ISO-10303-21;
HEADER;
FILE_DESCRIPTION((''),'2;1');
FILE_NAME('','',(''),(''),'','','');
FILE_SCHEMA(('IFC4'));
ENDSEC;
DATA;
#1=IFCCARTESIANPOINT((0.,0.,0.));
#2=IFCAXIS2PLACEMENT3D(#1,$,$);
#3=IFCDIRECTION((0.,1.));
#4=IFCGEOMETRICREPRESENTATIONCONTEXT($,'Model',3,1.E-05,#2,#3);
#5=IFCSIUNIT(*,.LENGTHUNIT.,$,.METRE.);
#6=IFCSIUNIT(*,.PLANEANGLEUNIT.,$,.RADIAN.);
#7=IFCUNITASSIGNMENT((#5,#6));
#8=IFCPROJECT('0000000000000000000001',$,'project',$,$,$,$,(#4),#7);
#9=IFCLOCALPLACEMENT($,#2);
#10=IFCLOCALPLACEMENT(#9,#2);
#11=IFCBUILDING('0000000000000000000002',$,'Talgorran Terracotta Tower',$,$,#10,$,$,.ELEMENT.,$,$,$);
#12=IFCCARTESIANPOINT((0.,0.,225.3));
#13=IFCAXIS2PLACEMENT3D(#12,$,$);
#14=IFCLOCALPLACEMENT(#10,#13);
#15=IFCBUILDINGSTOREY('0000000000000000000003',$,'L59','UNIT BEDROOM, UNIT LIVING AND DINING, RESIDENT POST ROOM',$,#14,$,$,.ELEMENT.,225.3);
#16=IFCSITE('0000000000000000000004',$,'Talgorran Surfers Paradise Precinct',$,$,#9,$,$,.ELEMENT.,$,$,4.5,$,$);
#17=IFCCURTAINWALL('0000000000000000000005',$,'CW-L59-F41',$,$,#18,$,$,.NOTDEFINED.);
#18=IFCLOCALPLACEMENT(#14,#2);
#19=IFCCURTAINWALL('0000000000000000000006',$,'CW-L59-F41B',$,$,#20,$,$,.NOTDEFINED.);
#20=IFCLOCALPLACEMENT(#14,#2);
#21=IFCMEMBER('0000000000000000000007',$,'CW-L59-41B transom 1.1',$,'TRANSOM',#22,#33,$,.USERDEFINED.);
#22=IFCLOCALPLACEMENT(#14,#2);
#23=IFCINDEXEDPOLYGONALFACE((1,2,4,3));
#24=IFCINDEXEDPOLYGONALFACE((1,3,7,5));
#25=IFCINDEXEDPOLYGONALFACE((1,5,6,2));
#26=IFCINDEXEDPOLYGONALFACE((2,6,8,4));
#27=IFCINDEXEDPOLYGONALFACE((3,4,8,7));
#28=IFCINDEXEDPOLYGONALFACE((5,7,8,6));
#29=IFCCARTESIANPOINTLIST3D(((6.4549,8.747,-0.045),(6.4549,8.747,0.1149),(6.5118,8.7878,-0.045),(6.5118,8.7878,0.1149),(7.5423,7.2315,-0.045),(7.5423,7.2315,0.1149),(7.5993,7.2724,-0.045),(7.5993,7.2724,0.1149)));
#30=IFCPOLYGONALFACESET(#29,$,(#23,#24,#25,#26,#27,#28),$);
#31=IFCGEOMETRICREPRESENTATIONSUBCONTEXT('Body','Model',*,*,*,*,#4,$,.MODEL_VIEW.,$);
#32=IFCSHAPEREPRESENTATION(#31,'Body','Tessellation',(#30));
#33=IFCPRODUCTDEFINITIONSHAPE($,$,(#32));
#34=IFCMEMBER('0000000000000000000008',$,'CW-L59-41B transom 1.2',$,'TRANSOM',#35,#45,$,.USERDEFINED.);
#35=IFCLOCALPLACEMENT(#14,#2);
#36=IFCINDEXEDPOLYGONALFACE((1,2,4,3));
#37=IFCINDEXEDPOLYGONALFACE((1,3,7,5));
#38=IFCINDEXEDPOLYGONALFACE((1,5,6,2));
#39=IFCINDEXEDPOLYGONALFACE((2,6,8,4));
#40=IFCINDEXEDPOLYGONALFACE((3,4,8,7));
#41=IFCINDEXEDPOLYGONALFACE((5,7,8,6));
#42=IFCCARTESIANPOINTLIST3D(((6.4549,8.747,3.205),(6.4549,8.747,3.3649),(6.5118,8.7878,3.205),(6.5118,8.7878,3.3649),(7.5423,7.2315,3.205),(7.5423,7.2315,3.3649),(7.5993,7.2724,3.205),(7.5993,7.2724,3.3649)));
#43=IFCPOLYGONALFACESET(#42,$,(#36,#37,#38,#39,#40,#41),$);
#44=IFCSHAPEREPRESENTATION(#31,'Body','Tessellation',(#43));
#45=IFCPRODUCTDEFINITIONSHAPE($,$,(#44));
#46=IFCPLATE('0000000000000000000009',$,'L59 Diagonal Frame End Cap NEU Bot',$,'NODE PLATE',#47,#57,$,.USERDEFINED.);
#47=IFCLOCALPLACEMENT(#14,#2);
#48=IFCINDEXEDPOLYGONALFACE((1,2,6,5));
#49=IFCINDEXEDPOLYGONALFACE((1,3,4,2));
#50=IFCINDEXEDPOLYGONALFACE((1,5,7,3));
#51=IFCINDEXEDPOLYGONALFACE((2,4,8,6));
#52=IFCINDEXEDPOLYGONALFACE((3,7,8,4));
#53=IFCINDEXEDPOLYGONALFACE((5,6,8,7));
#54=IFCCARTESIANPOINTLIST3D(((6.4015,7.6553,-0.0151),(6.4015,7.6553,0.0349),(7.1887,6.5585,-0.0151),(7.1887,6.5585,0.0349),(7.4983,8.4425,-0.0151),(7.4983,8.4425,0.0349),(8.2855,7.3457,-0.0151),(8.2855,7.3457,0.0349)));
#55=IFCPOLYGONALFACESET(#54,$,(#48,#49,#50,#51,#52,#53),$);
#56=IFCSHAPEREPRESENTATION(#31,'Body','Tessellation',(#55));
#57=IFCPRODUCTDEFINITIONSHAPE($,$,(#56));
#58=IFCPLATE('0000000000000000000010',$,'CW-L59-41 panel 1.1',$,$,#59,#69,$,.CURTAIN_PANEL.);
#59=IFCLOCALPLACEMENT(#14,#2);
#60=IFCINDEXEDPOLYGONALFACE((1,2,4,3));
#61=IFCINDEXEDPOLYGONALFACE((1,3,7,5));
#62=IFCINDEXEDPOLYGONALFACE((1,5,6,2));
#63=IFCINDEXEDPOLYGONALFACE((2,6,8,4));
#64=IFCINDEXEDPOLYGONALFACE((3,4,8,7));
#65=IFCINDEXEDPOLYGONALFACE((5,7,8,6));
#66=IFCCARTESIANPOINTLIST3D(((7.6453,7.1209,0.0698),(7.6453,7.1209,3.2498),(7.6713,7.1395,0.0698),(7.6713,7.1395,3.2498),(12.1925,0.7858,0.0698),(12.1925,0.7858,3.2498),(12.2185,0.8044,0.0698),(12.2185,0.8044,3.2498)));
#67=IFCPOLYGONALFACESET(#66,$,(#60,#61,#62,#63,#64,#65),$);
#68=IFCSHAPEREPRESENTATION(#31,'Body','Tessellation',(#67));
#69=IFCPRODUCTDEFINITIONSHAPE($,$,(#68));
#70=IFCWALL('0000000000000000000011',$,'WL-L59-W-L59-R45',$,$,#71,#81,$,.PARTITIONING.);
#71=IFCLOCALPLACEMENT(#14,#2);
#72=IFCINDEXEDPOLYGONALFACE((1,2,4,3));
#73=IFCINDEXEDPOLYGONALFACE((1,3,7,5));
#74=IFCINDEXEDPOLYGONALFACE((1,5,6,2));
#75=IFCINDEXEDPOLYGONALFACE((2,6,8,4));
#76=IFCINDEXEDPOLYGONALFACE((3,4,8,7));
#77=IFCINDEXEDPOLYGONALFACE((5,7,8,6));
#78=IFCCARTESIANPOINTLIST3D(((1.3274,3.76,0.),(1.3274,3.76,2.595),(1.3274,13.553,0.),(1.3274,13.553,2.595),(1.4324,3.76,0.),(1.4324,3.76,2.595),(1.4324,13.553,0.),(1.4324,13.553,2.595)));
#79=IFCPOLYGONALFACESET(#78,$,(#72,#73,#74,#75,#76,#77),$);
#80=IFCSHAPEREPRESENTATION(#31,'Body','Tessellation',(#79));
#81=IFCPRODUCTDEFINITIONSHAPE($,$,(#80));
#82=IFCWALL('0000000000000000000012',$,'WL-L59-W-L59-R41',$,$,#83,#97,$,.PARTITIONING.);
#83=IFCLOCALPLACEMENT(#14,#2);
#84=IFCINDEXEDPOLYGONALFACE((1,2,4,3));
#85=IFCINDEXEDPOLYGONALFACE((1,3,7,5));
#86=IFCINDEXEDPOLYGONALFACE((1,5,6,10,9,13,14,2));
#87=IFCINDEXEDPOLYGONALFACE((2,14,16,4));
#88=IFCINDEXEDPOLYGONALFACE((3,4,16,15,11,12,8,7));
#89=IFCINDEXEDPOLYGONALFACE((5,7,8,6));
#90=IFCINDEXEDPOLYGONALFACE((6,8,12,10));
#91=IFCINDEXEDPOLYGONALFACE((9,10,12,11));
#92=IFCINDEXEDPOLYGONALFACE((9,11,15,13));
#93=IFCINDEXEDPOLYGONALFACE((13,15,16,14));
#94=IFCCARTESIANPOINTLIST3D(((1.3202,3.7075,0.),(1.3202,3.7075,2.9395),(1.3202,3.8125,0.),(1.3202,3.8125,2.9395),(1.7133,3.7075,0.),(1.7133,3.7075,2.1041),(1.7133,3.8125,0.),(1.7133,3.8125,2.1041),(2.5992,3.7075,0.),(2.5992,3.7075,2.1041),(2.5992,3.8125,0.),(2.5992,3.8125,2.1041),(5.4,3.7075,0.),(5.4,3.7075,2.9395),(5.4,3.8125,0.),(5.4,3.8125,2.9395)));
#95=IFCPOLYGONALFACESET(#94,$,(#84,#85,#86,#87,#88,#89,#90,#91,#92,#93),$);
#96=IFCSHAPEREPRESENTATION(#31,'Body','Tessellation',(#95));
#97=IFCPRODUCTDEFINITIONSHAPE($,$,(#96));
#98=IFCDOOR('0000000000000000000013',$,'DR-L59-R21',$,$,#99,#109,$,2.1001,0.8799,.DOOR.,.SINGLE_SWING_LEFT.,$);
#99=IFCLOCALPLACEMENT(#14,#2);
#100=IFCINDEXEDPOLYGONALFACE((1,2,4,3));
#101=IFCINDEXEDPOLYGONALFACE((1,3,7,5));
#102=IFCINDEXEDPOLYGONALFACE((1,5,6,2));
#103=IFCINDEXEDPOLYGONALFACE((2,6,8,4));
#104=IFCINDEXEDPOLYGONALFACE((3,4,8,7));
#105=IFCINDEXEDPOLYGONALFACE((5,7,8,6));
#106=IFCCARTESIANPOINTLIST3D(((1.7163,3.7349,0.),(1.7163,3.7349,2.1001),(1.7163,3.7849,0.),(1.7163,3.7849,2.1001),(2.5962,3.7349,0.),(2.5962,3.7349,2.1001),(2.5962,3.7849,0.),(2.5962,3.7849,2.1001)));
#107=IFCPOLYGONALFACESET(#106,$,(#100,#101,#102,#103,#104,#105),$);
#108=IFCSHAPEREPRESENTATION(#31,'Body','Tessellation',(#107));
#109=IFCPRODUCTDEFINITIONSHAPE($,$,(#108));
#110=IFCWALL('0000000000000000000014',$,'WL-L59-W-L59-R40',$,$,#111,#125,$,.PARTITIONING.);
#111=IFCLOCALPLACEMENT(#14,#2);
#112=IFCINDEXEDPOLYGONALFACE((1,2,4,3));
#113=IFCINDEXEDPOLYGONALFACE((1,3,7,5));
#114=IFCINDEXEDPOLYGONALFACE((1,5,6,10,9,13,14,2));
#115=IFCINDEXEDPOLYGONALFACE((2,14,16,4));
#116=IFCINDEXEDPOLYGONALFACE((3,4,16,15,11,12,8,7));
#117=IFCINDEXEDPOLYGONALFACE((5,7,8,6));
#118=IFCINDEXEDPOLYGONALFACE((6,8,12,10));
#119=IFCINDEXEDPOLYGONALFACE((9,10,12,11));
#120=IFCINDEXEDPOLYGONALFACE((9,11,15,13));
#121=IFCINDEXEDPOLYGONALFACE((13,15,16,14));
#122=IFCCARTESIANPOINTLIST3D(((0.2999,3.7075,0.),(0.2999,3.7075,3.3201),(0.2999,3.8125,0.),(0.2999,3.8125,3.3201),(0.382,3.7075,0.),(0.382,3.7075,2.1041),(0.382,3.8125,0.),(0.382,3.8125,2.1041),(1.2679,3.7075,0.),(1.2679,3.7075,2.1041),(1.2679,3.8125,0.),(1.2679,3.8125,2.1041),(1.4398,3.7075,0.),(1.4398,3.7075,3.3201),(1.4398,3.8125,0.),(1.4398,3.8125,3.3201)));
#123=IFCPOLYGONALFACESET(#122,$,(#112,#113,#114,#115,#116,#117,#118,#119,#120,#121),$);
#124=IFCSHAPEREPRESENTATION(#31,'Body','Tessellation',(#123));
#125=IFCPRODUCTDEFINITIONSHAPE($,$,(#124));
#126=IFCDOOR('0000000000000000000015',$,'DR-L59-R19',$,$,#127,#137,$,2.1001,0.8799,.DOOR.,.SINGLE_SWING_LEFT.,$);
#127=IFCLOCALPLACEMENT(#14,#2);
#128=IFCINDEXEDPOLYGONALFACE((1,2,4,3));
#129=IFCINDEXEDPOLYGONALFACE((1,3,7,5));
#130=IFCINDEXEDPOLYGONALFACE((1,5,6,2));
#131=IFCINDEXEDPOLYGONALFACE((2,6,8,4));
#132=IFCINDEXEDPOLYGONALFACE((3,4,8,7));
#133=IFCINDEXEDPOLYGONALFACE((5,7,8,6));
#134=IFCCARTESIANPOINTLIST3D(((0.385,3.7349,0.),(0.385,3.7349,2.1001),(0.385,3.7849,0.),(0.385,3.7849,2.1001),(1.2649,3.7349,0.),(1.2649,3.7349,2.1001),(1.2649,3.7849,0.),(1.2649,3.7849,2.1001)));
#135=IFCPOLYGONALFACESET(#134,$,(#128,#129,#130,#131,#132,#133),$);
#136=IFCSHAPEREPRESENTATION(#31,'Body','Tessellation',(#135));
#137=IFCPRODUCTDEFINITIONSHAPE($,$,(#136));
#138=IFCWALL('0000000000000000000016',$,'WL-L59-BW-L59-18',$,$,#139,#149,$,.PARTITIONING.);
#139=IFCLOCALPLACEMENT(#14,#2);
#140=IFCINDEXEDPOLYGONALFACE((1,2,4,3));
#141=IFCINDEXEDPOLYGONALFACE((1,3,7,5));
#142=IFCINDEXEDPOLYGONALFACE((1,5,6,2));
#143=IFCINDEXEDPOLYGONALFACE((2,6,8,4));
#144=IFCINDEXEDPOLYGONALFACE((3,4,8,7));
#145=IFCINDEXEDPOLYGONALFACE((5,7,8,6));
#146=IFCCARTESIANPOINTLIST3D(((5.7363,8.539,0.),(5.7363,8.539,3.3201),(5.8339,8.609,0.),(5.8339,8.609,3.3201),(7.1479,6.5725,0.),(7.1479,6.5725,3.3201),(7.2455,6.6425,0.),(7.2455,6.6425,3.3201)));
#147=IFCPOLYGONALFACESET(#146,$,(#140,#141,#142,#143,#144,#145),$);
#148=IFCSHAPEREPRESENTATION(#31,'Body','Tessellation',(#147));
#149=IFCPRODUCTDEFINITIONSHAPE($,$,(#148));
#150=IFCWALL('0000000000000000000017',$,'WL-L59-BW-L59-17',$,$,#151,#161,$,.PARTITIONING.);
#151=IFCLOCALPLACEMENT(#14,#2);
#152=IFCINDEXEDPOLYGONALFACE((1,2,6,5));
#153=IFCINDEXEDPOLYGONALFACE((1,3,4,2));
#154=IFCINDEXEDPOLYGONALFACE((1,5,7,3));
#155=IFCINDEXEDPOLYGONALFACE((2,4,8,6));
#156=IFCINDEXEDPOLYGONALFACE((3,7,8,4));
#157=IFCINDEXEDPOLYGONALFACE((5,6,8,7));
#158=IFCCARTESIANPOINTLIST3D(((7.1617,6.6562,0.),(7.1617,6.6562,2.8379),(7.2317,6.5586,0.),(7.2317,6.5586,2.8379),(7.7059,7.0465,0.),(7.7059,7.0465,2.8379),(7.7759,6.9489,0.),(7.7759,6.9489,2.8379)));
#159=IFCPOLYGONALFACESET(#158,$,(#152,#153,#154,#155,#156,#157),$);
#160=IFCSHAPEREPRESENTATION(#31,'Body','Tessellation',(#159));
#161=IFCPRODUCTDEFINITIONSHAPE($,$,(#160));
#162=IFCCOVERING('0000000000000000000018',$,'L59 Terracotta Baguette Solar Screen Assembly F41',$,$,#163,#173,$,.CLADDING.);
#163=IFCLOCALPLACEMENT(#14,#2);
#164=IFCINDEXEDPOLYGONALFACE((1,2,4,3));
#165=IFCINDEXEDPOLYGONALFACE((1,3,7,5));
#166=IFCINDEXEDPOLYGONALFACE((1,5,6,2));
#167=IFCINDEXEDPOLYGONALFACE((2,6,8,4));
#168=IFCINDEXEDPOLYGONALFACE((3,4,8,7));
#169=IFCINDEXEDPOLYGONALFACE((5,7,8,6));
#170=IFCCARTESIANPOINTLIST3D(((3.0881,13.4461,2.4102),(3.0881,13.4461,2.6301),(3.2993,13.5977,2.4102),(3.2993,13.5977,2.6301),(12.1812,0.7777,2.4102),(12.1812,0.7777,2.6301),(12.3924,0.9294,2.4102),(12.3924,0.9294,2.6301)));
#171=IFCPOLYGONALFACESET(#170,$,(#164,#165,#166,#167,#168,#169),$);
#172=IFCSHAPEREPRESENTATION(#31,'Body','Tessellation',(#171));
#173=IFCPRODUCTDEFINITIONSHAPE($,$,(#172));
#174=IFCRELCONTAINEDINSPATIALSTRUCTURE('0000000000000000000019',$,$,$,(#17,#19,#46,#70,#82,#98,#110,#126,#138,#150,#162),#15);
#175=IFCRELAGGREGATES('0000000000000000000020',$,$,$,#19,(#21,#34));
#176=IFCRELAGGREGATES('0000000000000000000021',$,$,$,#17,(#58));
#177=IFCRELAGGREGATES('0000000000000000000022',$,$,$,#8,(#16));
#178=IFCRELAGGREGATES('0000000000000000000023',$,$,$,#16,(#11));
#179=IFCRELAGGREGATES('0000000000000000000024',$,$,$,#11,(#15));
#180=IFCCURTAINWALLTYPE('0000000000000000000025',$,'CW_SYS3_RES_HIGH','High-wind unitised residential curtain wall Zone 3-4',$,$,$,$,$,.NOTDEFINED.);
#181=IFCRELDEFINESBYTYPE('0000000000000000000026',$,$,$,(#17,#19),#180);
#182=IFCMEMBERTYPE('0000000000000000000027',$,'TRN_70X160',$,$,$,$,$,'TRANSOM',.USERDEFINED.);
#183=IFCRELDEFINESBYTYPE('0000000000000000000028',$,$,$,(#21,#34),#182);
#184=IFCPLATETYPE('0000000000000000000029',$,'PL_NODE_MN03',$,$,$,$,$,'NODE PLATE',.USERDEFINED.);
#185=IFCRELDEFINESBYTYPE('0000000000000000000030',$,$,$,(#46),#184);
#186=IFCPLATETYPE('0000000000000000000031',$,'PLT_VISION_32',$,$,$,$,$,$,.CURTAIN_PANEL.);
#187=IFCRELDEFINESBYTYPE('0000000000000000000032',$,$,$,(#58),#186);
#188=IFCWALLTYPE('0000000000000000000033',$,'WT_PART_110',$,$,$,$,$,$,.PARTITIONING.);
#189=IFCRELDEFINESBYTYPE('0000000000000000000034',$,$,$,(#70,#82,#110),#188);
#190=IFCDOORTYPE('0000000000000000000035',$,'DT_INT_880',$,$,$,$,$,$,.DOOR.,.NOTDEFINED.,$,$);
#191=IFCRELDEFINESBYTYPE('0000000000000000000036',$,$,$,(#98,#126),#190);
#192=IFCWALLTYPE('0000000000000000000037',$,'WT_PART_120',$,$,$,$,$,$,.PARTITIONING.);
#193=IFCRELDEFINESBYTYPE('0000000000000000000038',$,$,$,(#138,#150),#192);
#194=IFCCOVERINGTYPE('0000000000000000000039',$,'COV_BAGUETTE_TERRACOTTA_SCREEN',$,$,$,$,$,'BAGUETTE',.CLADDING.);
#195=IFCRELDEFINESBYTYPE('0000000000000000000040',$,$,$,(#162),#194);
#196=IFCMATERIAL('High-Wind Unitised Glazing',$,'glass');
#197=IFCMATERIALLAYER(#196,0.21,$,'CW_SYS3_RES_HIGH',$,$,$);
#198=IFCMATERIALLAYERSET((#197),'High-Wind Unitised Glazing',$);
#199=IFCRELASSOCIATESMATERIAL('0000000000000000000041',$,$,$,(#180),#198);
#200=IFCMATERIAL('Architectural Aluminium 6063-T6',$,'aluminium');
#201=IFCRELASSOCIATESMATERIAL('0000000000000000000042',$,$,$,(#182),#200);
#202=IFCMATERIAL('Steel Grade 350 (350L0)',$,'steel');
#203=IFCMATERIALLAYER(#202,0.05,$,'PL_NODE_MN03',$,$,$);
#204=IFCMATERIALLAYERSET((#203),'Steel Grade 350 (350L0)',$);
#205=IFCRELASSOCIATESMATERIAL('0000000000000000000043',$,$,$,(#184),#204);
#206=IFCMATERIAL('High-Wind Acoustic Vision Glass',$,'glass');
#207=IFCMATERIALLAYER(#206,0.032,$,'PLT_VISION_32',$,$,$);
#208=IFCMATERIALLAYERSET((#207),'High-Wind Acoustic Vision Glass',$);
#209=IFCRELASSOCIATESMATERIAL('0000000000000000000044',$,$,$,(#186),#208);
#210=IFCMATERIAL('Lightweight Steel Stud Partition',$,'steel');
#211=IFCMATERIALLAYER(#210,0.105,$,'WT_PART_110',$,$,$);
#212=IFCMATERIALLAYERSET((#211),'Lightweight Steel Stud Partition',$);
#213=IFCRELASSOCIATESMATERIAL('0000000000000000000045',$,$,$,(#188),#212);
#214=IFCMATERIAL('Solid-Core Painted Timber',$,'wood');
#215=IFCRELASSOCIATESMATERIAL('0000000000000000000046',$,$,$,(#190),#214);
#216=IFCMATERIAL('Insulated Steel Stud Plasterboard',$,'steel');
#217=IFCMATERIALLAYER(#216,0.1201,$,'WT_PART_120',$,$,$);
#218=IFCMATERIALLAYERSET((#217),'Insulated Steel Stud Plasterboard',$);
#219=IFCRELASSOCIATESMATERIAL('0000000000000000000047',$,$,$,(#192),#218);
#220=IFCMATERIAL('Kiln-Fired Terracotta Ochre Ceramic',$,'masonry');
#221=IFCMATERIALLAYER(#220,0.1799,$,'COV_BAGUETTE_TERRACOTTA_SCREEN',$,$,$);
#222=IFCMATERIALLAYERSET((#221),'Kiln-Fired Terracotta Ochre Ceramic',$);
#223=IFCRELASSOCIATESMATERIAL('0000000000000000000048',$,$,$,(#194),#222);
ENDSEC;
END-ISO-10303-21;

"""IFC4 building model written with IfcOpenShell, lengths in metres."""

from ifc_helpers import new_model, si_unit, direction, frame, frame_2d, origin, origin_2d, place, context, subcontext, project, spatial, rectangle, extrude, source, transform, mapped, material, layer, layer_set, material_profile, profile_set, type_object, type_shapes, element, fill, aggregate, save


model = new_model("IFC4")

# Units and contexts
model_context = context("Model", 3, precision=1e-05, world=origin(), true_north=direction((0.0, 1.0)))
body_context = subcontext(model_context, "Body", "Model", "MODEL_VIEW")
ifc_project = project(units=[si_unit("LENGTHUNIT", "METRE"), si_unit("PLANEANGLEUNIT", "RADIAN")], contexts=[model_context])

# Site, building, storey
site_placement = place(None, origin())
site = spatial("IfcSite", under=ifc_project, at=site_placement, Name="Talgorran Surfers Paradise Precinct", CompositionType="ELEMENT", RefElevation=4.5)
building_placement = place(site_placement, origin())
building = spatial("IfcBuilding", under=site, at=building_placement, Name="Talgorran Terracotta Tower", CompositionType="ELEMENT")
storey_placement = place(building_placement, frame((0.0, 0.0, 225.3)))
storey = spatial("IfcBuildingStorey", under=building, at=storey_placement, Name="L59", Description="UNIT BEDROOM, UNIT LIVING AND DINING, RESIDENT POST ROOM", CompositionType="ELEMENT", Elevation=225.3)

# Shared definitions
ifc_material_1 = material(Name="Steel Grade 350 (350L0)", Category="steel")

# Curtain wall
ifc_material_2 = material(Name="High-Wind Unitised Glazing", Category="glass")
ifc_layer_1 = layer(ifc_material_2, 0.21, Name="CW_SYS3_RES_HIGH")
ifc_layer_set_1 = layer_set([ifc_layer_1], Name="High-Wind Unitised Glazing")
curtain_wall_type = type_object("IfcCurtainWallType", Name="CW_SYS3_RES_HIGH", Description="High-wind unitised residential curtain wall Zone 3-4", PredefinedType="NOTDEFINED", material=ifc_layer_set_1)
curtain_wall_1_placement = place(storey_placement, origin())
curtain_wall_1 = element("IfcCurtainWall", 1, at=curtain_wall_1_placement, inside=storey, type_object=curtain_wall_type, Name="CW-L59-F41", PredefinedType="NOTDEFINED")
ifc_material_3 = material(Name="Architectural Aluminium 6063-T6", Category="aluminium")

# Curtain wall, members
curtain_wall_2_placement = place(storey_placement, origin())
curtain_wall_2 = element("IfcCurtainWall", 2, at=curtain_wall_2_placement, inside=storey, type_object=curtain_wall_type, Name="CW-L59-F41B", PredefinedType="NOTDEFINED")
ifc_material_profile_1 = material_profile(ifc_material_3, rectangle(XDim=0.0701, YDim=0.1599, at=origin_2d()), Name="CWT70X160")
ifc_profile_set_1 = profile_set([ifc_material_profile_1], Name="Architectural Aluminium 6063-T6")
member_type_1 = type_object("IfcMemberType", Name="TRN_70X160", ElementType="TRANSOM", PredefinedType="USERDEFINED", material=ifc_profile_set_1)
member_1_placement = place(storey_placement, frame((7.5708, 7.252, 0.0349), z_axis=(-0.583007, 0.812467, 0.0), x_axis=(-0.812467, -0.583007, 0.0)))
member_1 = element("IfcMember", 3, at=member_1_placement, type_object=member_type_1, Name="CW-L59-41B transom 1.1", ObjectType="TRANSOM", PredefinedType="USERDEFINED", context=body_context, shape_type="SweptSolid", body=[
    extrude(rectangle(XDim=0.0701, YDim=0.1599, at=origin_2d()), origin(), (0.0, 0.0, 1.0), 1.8652),
])
member_2_placement = place(storey_placement, frame((7.5708, 7.252, 3.2849), z_axis=(-0.583007, 0.812467, 0.0), x_axis=(-0.812467, -0.583007, 0.0)))
member_2 = element("IfcMember", 4, at=member_2_placement, type_object=member_type_1, Name="CW-L59-41B transom 1.2", ObjectType="TRANSOM", PredefinedType="USERDEFINED", context=body_context, shape_type="SweptSolid", body=[
    extrude(rectangle(XDim=0.0701, YDim=0.1599, at=origin_2d()), origin(), (0.0, 0.0, 1.0), 1.8652),
])
aggregate(curtain_wall_2, [member_1, member_2])

# Plates
ifc_layer_2 = layer(ifc_material_1, 0.05, Name="PL_NODE_MN03")
ifc_layer_set_2 = layer_set([ifc_layer_2], Name="Steel Grade 350 (350L0)")
plate_type_1 = type_object("IfcPlateType", Name="PL_NODE_MN03", ElementType="NODE PLATE", PredefinedType="USERDEFINED", material=ifc_layer_set_2)
plate_1_placement = place(storey_placement, frame((7.3435, 7.5005, -0.0151), z_axis=(0.0, 0.0, 1.0), x_axis=(-0.583116, 0.812389, 0.0)))
element("IfcPlate", 5, at=plate_1_placement, inside=storey, type_object=plate_type_1, Name="L59 Diagonal Frame End Cap NEU Bot", ObjectType="NODE PLATE", PredefinedType="USERDEFINED", context=body_context, shape_type="SweptSolid", body=[
    extrude(rectangle(XDim=1.3501, YDim=1.3501, at=origin_2d()), origin(), (0.0, 0.0, 1.0), 0.05),
])
ifc_material_4 = material(Name="High-Wind Acoustic Vision Glass", Category="glass")
ifc_layer_3 = layer(ifc_material_4, 0.032, Name="PLT_VISION_32")
ifc_layer_set_3 = layer_set([ifc_layer_3], Name="High-Wind Acoustic Vision Glass")
plate_type_2 = type_object("IfcPlateType", Name="PLT_VISION_32", PredefinedType="CURTAIN_PANEL", material=ifc_layer_set_3)
shared_shape = source(origin(), body_context, "Body", "SweptSolid", [
    extrude(rectangle(XDim=7.7981, YDim=0.032, at=origin_2d()), origin(), (0.0, 0.0, 1.0), 3.1799),
])
type_shapes(plate_type_2, [shared_shape])
plate_2_placement = place(storey_placement, frame((9.9319, 3.9626, 0.0698), z_axis=(0.0, 0.0, 1.0), x_axis=(-0.583115, 0.81239, 0.0)))
plate_2 = element("IfcPlate", 6, at=plate_2_placement, type_object=plate_type_2, Name="CW-L59-41 panel 1.1", PredefinedType="CURTAIN_PANEL", context=body_context, shape_type="MappedRepresentation", body=[
    mapped(shared_shape, transform((0.0, 0.0, 0.0), scale=1.0)),
])
aggregate(curtain_wall_1, [plate_2])

# Wall
ifc_material_5 = material(Name="Lightweight Steel Stud Partition", Category="steel")
ifc_layer_4 = layer(ifc_material_5, 0.105, Name="WT_PART_110")
ifc_layer_set_4 = layer_set([ifc_layer_4], Name="Lightweight Steel Stud Partition")
wall_type_1 = type_object("IfcWallType", Name="WT_PART_110", PredefinedType="PARTITIONING", material=ifc_layer_set_4)
wall_1_placement = place(storey_placement, frame((1.3799, 3.76, 0.0), z_axis=(0.0, 0.0, 1.0), x_axis=(0.0, 1.0, 0.0)))
element("IfcWall", 7, at=wall_1_placement, inside=storey, type_object=wall_type_1, Name="WL-L59-W-L59-R45", PredefinedType="PARTITIONING", context=body_context, shape_type="SweptSolid", body=[
    extrude(rectangle(XDim=9.793, YDim=0.105, at=frame_2d((4.8965, 0.0))), origin(), (0.0, 0.0, 1.0), 2.595),
])

# Walls, openings, doors
wall_2_placement = place(storey_placement, frame((1.3201, 3.76, 0.0), z_axis=(0.0, 0.0, 1.0), x_axis=(1.0, 0.0, 0.0)))
wall_2 = element("IfcWall", 8, at=wall_2_placement, inside=storey, type_object=wall_type_1, Name="WL-L59-W-L59-R41", PredefinedType="PARTITIONING", context=body_context, shape_type="SweptSolid", body=[
    extrude(rectangle(XDim=4.0798, YDim=0.105, at=frame_2d((2.04, 0.0))), origin(), (0.0, 0.0, 1.0), 2.9395),
])
opening_1_placement = place(wall_2_placement, frame((0.3962, 0.0, 0.0)))
opening_1 = element("IfcOpeningElement", 9, at=opening_1_placement, cuts=wall_2, PredefinedType="OPENING", context=body_context, shape_type="SweptSolid", body=[
    extrude(rectangle(XDim=0.8859, YDim=2.1041, at=frame_2d((0.4399, 1.052))), frame((0.0, 0.0625, 0.0), z_axis=(0.0, -1.0, 0.0), x_axis=(1.0, 0.0, 0.0)), (0.0, 0.0, 1.0), 0.125),
])
ifc_material_6 = material(Name="Solid-Core Painted Timber", Category="wood")
door_type = type_object("IfcDoorType", Name="DT_INT_880", OperationType="NOTDEFINED", PredefinedType="DOOR", material=ifc_material_6)
door_1_placement = place(opening_1_placement, origin())
door_1 = element("IfcDoor", 10, at=door_1_placement, inside=storey, type_object=door_type, Name="DR-L59-R21", OperationType="SINGLE_SWING_LEFT", OverallHeight=2.1001, OverallWidth=0.8799, PredefinedType="DOOR", context=body_context, shape_type="SweptSolid", body=[
    extrude(rectangle(XDim=0.8799, YDim=2.1001, at=frame_2d((0.4399, 1.05))), frame((0.0, 0.0249, 0.0), z_axis=(0.0, -1.0, 0.0), x_axis=(1.0, 0.0, 0.0)), (0.0, 0.0, 1.0), 0.05),
])
fill(opening_1, door_1)
wall_3_placement = place(storey_placement, frame((0.3, 3.76, 0.0), z_axis=(0.0, 0.0, 1.0), x_axis=(1.0, 0.0, 0.0)))
wall_3 = element("IfcWall", 11, at=wall_3_placement, inside=storey, type_object=wall_type_1, Name="WL-L59-W-L59-R40", PredefinedType="PARTITIONING", context=body_context, shape_type="SweptSolid", body=[
    extrude(rectangle(XDim=1.1399, YDim=0.105, at=frame_2d((0.5698, 0.0))), origin(), (0.0, 0.0, 1.0), 3.3201),
])
opening_2_placement = place(wall_3_placement, frame((0.085, 0.0, 0.0)))
opening_2 = element("IfcOpeningElement", 12, at=opening_2_placement, cuts=wall_3, PredefinedType="OPENING", context=body_context, shape_type="SweptSolid", body=[
    extrude(rectangle(XDim=0.8859, YDim=2.1041, at=frame_2d((0.4399, 1.052))), frame((0.0, 0.0625, 0.0), z_axis=(0.0, -1.0, 0.0), x_axis=(1.0, 0.0, 0.0)), (0.0, 0.0, 1.0), 0.125),
])
door_2_placement = place(opening_2_placement, origin())
door_2 = element("IfcDoor", 13, at=door_2_placement, inside=storey, type_object=door_type, Name="DR-L59-R19", OperationType="SINGLE_SWING_LEFT", OverallHeight=2.1001, OverallWidth=0.8799, PredefinedType="DOOR", context=body_context, shape_type="SweptSolid", body=[
    extrude(rectangle(XDim=0.8799, YDim=2.1001, at=frame_2d((0.4399, 1.05))), frame((0.0, 0.0249, 0.0), z_axis=(0.0, -1.0, 0.0), x_axis=(1.0, 0.0, 0.0)), (0.0, 0.0, 1.0), 0.05),
])
fill(opening_2, door_2)

# Walls
ifc_material_7 = material(Name="Insulated Steel Stud Plasterboard", Category="steel")
ifc_layer_5 = layer(ifc_material_7, 0.1201, Name="WT_PART_120")
ifc_layer_set_5 = layer_set([ifc_layer_5], Name="Insulated Steel Stud Plasterboard")
wall_type_2 = type_object("IfcWallType", Name="WT_PART_120", PredefinedType="PARTITIONING", material=ifc_layer_set_5)
wall_4_placement = place(storey_placement, frame((7.1968, 6.6074, 0.0), z_axis=(0.0, 0.0, 1.0), x_axis=(-0.583135, 0.812375, 0.0)))
element("IfcWall", 14, at=wall_4_placement, inside=storey, type_object=wall_type_2, Name="WL-L59-BW-L59-18", PredefinedType="PARTITIONING", context=body_context, shape_type="SweptSolid", body=[
    extrude(rectangle(XDim=2.4207, YDim=0.1201, at=frame_2d((1.2104, 0.0))), origin(), (0.0, 0.0, 1.0), 3.3201),
])
wall_5_placement = place(storey_placement, frame((7.741, 6.9978, 0.0), z_axis=(0.0, 0.0, 1.0), x_axis=(-0.81255, -0.582892, 0.0)))
element("IfcWall", 15, at=wall_5_placement, inside=storey, type_object=wall_type_2, Name="WL-L59-BW-L59-17", PredefinedType="PARTITIONING", context=body_context, shape_type="SweptSolid", body=[
    extrude(rectangle(XDim=0.6697, YDim=0.1201, at=frame_2d((0.335, 0.0))), origin(), (0.0, 0.0, 1.0), 2.8379),
])

# Covering
ifc_material_8 = material(Name="Kiln-Fired Terracotta Ochre Ceramic", Category="masonry")
ifc_layer_6 = layer(ifc_material_8, 0.1799, Name="COV_BAGUETTE_TERRACOTTA_SCREEN")
ifc_layer_set_6 = layer_set([ifc_layer_6], Name="Kiln-Fired Terracotta Ochre Ceramic")
covering_type_1 = type_object("IfcCoveringType", Name="COV_BAGUETTE_TERRACOTTA_SCREEN", ElementType="BAGUETTE", PredefinedType="CLADDING", material=ifc_layer_set_6)
covering_1_placement = place(storey_placement, frame((7.7402, 7.1877, 2.4102), z_axis=(0.0, 0.0, 1.0), x_axis=(-0.583116, 0.812389, 0.0)))
element("IfcCovering", 16, at=covering_1_placement, inside=storey, type_object=covering_type_1, Name="L59 Terracotta Baguette Solar Screen Assembly F41", PredefinedType="CLADDING", context=body_context, shape_type="SweptSolid", body=[
    extrude(rectangle(XDim=15.594, YDim=0.26, at=origin_2d()), origin(), (0.0, 0.0, 1.0), 0.22),
])

save(model, "model.ifc")
